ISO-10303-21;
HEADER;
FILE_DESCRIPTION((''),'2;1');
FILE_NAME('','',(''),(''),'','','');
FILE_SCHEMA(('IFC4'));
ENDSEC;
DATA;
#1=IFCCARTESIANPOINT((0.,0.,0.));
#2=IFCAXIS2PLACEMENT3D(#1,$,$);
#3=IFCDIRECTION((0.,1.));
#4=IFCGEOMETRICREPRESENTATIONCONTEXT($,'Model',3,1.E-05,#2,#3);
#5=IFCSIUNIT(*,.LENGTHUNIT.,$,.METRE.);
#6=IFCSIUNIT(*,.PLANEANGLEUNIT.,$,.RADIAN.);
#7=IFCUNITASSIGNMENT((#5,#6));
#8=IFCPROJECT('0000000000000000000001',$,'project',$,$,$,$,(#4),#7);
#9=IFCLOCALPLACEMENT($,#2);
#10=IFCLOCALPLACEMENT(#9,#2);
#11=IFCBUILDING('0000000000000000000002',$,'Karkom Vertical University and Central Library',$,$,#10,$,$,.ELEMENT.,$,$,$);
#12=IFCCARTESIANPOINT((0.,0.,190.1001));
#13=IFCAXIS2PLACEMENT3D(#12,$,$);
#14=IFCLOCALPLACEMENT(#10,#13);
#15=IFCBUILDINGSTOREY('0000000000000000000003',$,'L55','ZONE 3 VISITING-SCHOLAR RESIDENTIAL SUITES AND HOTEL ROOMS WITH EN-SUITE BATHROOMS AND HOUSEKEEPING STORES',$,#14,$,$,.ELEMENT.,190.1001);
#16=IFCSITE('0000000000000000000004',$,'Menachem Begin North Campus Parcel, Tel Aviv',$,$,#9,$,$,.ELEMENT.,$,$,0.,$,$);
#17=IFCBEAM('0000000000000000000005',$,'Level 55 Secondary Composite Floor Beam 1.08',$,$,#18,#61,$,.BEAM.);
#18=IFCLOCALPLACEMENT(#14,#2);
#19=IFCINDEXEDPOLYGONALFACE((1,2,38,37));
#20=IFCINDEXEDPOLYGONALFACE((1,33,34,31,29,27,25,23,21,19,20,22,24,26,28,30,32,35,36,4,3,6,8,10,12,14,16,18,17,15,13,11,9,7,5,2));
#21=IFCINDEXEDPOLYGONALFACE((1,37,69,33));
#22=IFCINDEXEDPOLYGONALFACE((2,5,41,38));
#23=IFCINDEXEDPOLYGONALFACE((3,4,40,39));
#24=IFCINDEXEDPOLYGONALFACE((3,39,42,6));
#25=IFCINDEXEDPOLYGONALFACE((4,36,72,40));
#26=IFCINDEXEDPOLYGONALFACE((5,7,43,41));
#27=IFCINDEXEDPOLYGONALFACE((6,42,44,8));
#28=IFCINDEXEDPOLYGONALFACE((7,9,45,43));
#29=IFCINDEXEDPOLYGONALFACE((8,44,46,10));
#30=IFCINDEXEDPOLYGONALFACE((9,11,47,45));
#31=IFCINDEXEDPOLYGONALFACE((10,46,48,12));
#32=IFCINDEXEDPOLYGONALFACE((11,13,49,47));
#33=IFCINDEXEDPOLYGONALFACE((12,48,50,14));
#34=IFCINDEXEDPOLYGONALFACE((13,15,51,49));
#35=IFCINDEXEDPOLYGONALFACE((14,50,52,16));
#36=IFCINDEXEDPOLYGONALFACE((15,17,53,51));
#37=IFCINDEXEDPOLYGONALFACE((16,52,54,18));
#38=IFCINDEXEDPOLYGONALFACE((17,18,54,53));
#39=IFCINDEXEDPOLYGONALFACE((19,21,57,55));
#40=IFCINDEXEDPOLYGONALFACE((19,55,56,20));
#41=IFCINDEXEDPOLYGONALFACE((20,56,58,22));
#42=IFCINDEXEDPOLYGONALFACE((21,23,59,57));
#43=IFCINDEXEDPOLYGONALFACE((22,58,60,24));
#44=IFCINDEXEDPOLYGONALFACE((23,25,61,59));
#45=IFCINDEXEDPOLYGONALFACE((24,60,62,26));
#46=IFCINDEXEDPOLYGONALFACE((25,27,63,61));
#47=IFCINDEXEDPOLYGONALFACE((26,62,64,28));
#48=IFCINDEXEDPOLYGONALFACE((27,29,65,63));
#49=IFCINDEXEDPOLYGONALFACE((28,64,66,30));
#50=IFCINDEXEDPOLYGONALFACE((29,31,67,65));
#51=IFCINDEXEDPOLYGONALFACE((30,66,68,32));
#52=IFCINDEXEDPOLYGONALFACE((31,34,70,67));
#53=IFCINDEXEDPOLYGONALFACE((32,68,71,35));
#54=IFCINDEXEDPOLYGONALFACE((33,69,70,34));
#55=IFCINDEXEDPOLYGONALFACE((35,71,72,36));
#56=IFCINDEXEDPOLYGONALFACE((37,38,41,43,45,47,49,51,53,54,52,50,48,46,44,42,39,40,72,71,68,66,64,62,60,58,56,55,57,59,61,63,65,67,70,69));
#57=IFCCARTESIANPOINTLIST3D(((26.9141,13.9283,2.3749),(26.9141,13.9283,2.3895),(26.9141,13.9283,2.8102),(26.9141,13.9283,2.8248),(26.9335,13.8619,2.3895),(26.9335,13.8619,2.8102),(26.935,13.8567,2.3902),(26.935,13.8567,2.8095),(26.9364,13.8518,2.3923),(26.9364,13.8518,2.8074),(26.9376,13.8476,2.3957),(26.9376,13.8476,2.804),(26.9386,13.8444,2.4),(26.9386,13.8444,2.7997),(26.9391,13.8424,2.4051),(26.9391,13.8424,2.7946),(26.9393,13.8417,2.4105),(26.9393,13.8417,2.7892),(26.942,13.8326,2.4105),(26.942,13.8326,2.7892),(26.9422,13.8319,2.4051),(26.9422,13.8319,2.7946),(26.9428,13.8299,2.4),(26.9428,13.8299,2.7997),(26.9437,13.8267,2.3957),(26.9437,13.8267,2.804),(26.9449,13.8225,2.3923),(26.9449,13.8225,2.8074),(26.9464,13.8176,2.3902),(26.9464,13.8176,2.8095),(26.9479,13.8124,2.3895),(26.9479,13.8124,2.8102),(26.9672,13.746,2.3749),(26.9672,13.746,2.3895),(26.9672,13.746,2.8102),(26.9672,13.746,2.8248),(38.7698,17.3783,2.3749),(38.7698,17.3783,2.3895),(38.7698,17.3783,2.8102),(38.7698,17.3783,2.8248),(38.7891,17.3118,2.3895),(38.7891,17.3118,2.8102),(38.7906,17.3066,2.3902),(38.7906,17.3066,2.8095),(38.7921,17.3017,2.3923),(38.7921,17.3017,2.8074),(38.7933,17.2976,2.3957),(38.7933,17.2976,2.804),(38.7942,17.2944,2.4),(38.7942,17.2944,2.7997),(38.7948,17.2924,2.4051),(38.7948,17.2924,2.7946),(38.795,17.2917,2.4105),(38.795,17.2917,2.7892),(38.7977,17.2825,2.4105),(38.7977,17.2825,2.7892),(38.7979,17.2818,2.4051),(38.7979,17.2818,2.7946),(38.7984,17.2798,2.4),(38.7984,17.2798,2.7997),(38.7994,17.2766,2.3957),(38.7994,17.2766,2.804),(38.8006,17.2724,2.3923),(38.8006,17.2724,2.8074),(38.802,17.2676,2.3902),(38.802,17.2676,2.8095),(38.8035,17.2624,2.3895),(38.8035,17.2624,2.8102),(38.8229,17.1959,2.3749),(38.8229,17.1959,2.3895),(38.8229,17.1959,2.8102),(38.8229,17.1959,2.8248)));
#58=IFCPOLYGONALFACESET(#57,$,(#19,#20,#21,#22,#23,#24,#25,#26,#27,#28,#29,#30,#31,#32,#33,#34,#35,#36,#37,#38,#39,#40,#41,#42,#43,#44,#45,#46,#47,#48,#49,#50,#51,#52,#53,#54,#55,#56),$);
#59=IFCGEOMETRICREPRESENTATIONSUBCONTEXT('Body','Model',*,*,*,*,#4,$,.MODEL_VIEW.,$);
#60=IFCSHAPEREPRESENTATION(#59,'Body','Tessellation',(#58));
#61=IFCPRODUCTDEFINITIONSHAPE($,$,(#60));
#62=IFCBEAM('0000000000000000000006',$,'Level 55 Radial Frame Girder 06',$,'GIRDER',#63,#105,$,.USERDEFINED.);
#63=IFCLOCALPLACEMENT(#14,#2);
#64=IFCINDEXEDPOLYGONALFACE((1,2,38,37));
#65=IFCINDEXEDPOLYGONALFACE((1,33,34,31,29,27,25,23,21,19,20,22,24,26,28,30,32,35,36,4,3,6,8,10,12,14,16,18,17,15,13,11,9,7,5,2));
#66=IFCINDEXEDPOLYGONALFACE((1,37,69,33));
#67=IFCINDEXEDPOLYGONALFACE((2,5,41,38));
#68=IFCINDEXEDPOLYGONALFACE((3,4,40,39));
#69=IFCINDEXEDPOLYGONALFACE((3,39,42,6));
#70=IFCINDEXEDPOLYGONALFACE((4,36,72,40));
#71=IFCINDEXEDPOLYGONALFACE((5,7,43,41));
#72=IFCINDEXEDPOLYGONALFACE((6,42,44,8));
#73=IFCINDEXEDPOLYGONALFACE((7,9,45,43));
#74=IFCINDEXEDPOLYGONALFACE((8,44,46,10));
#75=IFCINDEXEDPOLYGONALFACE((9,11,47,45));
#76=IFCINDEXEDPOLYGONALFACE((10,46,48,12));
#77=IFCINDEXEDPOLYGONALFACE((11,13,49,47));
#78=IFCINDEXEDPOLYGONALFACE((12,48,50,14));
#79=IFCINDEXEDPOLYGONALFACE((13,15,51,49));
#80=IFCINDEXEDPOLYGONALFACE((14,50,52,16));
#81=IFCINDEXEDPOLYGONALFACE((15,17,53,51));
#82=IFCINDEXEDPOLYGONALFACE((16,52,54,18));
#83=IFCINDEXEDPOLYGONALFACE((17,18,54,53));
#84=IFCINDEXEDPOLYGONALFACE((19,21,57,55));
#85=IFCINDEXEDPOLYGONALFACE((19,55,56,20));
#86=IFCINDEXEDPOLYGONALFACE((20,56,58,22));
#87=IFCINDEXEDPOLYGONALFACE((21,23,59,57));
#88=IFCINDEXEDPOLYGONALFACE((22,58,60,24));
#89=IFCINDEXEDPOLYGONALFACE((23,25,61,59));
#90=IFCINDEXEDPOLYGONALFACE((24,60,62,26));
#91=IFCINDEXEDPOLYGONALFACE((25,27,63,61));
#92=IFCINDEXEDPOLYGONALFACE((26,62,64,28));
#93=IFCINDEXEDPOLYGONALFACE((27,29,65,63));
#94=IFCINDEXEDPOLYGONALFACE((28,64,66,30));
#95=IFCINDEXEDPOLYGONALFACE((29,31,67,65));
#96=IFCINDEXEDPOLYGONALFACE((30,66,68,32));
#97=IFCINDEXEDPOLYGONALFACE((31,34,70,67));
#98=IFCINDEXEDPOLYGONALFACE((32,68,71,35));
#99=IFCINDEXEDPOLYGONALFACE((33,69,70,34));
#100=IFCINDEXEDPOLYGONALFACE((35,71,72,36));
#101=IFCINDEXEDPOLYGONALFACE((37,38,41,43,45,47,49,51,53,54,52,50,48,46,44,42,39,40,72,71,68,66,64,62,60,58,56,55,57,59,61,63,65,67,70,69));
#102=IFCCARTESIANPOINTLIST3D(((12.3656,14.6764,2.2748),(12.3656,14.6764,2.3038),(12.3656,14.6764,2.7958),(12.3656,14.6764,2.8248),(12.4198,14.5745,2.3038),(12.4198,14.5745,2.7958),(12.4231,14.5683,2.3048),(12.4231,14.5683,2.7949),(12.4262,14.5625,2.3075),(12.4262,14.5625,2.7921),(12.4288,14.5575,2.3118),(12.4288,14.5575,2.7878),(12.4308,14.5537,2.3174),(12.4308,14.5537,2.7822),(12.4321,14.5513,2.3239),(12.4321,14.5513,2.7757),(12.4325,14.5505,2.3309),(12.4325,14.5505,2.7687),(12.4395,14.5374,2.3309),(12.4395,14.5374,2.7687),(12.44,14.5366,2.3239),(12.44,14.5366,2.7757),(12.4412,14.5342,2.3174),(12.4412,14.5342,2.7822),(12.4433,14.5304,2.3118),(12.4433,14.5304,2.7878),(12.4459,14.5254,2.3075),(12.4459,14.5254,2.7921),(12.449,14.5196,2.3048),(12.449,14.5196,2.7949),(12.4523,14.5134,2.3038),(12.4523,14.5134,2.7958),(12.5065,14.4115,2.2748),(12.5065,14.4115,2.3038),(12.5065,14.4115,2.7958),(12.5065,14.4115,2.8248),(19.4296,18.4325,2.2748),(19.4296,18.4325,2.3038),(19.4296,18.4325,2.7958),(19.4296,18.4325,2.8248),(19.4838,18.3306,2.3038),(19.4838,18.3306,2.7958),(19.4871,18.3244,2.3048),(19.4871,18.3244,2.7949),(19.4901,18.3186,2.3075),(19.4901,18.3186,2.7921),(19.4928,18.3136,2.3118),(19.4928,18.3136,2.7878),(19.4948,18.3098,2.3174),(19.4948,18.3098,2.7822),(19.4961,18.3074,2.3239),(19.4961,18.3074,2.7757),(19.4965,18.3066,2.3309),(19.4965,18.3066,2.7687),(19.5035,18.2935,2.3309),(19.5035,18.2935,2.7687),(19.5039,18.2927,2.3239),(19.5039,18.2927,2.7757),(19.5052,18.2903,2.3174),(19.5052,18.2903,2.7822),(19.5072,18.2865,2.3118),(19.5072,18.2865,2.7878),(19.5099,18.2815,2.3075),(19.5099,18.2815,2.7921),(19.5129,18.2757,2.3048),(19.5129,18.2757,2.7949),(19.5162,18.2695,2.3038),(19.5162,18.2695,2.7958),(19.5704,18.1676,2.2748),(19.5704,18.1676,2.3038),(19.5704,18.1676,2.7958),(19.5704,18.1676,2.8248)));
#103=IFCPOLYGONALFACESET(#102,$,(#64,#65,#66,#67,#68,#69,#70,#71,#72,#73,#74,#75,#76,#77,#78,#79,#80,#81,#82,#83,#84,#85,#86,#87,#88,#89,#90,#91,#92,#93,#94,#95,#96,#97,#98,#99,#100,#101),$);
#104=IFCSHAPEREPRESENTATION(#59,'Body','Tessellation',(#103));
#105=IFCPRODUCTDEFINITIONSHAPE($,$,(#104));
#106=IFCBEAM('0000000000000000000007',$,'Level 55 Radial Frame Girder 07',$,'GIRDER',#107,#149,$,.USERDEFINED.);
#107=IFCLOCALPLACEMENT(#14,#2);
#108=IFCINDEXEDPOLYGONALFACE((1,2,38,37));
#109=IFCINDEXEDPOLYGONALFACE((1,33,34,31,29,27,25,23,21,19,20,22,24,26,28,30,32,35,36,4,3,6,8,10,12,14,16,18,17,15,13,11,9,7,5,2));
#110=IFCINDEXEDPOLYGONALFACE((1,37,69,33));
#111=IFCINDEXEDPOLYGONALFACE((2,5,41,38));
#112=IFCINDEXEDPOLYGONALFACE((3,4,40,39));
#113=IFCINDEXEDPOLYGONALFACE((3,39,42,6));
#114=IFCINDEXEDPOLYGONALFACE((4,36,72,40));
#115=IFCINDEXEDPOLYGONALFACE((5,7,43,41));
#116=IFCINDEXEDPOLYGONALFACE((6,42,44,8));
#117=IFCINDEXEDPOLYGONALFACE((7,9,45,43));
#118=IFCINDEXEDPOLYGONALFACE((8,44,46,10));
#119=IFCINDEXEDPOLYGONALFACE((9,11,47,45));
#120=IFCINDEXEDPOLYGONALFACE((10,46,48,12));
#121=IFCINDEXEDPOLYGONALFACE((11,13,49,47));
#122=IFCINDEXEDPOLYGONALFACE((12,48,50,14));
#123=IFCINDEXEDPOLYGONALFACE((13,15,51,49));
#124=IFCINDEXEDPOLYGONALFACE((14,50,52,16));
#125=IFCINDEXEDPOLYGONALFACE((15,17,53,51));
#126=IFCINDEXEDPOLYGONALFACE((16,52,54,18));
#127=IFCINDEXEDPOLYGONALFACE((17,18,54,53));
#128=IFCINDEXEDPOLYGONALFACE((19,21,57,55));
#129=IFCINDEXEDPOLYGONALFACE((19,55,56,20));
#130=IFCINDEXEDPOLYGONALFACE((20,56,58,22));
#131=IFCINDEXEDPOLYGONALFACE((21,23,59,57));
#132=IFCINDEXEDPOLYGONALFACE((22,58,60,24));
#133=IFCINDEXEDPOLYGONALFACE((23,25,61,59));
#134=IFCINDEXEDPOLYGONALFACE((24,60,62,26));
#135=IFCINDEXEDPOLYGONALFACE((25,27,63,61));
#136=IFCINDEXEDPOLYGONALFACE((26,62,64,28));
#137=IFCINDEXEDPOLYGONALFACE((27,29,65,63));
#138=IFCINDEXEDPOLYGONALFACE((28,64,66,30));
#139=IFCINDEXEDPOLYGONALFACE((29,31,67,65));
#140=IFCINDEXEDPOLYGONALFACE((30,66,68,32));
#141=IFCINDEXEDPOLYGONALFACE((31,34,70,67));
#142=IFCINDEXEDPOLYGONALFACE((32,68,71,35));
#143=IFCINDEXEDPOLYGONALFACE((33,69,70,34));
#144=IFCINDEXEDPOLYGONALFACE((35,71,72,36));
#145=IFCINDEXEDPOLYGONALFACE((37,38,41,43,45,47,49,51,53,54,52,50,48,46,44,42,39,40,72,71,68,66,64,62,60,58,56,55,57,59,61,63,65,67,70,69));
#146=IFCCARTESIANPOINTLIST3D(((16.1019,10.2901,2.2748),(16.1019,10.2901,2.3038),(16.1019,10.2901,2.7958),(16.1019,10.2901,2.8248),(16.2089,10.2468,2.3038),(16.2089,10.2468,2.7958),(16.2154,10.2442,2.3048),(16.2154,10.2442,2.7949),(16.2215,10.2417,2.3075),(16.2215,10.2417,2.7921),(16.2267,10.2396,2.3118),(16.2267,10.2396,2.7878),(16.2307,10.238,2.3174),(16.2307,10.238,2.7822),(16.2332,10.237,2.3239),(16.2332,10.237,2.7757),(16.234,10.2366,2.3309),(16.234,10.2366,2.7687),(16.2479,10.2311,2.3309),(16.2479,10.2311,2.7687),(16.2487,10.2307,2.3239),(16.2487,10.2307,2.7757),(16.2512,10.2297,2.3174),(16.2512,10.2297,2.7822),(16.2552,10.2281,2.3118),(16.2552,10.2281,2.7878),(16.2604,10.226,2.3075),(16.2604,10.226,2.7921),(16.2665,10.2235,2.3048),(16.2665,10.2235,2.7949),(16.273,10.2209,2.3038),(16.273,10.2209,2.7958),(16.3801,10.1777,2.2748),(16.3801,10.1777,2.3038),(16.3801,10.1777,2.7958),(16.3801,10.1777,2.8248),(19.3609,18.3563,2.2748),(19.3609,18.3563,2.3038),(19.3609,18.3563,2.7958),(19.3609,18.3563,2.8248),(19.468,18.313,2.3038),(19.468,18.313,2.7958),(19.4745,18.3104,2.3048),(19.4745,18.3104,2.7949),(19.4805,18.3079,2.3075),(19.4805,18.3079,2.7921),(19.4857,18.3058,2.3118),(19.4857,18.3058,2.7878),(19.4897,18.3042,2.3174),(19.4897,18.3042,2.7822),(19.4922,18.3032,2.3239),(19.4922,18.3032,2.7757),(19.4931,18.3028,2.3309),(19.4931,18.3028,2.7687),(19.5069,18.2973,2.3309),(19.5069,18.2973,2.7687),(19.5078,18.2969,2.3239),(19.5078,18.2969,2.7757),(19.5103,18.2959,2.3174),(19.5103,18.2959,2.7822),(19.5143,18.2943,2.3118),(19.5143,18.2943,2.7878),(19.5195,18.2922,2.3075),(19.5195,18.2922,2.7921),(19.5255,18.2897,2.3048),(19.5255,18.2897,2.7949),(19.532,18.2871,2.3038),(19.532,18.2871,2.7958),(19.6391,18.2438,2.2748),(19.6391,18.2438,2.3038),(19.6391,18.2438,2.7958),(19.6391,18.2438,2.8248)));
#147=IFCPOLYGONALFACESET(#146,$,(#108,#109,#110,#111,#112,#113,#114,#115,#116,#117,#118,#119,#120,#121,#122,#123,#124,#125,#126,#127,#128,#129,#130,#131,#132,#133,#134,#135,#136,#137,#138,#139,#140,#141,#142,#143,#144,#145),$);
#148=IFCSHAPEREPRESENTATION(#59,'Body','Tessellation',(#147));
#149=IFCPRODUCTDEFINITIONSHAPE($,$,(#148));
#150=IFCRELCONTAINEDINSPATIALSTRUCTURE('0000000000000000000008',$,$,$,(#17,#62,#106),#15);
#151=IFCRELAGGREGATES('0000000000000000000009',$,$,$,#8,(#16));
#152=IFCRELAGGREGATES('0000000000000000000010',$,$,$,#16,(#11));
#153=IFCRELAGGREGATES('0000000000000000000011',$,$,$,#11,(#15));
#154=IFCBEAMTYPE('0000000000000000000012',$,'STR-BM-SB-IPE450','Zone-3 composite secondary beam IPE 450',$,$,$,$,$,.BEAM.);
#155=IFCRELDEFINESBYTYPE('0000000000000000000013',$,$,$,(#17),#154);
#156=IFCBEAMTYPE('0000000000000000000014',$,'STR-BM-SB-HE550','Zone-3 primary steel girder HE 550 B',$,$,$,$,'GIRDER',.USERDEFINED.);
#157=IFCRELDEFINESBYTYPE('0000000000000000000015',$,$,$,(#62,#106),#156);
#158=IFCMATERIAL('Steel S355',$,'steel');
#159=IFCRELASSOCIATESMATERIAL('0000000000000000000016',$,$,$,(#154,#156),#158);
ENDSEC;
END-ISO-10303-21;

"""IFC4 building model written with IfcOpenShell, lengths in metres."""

from ifc_helpers import new_model, si_unit, direction, frame, origin, origin_with_axes, origin_2d, place, context, subcontext, project, spatial, i_section, extrude, source, transform, mapped, material, material_profile, profile_set, type_object, element, save


model = new_model("IFC4")

# Units and contexts
model_context = context("Model", 3, precision=1e-05, world=origin(), true_north=direction((0.0, 1.0)))
body_context = subcontext(model_context, "Body", "Model", "MODEL_VIEW")
ifc_project = project(units=[si_unit("LENGTHUNIT", "METRE"), si_unit("PLANEANGLEUNIT", "RADIAN")], contexts=[model_context])

# Site, building, storey
site_placement = place(None, origin())
site = spatial("IfcSite", under=ifc_project, at=site_placement, Name="Menachem Begin North Campus Parcel, Tel Aviv", CompositionType="ELEMENT", RefElevation=0.0)
building_placement = place(site_placement, origin())
building = spatial("IfcBuilding", under=site, at=building_placement, Name="Karkom Vertical University and Central Library", CompositionType="ELEMENT")
storey_placement = place(building_placement, frame((0.0, 0.0, 190.1001)))
storey = spatial("IfcBuildingStorey", under=building, at=storey_placement, Name="L55", Description="ZONE 3 VISITING-SCHOLAR RESIDENTIAL SUITES AND HOTEL ROOMS WITH EN-SUITE BATHROOMS AND HOUSEKEEPING STORES", CompositionType="ELEMENT", Elevation=190.1001)

# Beams
ifc_material_1 = material(Name="Steel S355", Category="steel")
ifc_material_profile_1 = material_profile(ifc_material_1, i_section(OverallWidth=0.1899, OverallDepth=0.45, WebThickness=0.0095, FlangeThickness=0.0146, FilletRadius=0.021, at=origin_2d()), Name="IPE 450")
ifc_profile_set_1 = profile_set([ifc_material_profile_1], Name="Steel S355")
beam_type_1 = type_object("IfcBeamType", Name="STR-BM-SB-IPE450", Description="Zone-3 composite secondary beam IPE 450", PredefinedType="BEAM", material=ifc_profile_set_1)
shared_shape_1 = source(origin_with_axes(), body_context, "Body", "SweptSolid", [
    extrude(i_section(OverallWidth=0.1899, OverallDepth=0.45, WebThickness=0.0095, FlangeThickness=0.0146, FilletRadius=0.021, at=origin_2d()), origin(), (0.0, 0.0, 1.0), 12.3474),
])
beam_1_placement = place(storey_placement, frame((26.9407, 13.8372, 2.5999), z_axis=(0.960173, 0.279405, 0.0), x_axis=(-0.279405, 0.960173, 0.0)))
element("IfcBeam", 1, at=beam_1_placement, inside=storey, type_object=beam_type_1, Name="Level 55 Secondary Composite Floor Beam 1.08", PredefinedType="BEAM", context=body_context, shape_type="MappedRepresentation", body=[
    mapped(shared_shape_1, transform((0.0, 0.0, 0.0), scale=1.0)),
])
ifc_material_profile_2 = material_profile(ifc_material_1, i_section(OverallWidth=0.3, OverallDepth=0.55, WebThickness=0.0149, FlangeThickness=0.0291, FilletRadius=0.0271, at=origin_2d()), Name="HE 550 B")
ifc_profile_set_2 = profile_set([ifc_material_profile_2], Name="Steel S355")
beam_type_2 = type_object("IfcBeamType", Name="STR-BM-SB-HE550", Description="Zone-3 primary steel girder HE 550 B", ElementType="GIRDER", PredefinedType="USERDEFINED", material=ifc_profile_set_2)
shared_shape_2 = source(origin_with_axes(), body_context, "Body", "SweptSolid", [
    extrude(i_section(OverallWidth=0.3, OverallDepth=0.55, WebThickness=0.0149, FlangeThickness=0.0291, FilletRadius=0.0271, at=origin_2d()), origin(), (0.0, 0.0, 1.0), 8.0005),
])
beam_2_placement = place(storey_placement, frame((19.5, 18.3, 2.5498), z_axis=(-0.882941, -0.469484, 0.0), x_axis=(0.469484, -0.882941, 0.0)))
element("IfcBeam", 2, at=beam_2_placement, inside=storey, type_object=beam_type_2, Name="Level 55 Radial Frame Girder 06", ObjectType="GIRDER", PredefinedType="USERDEFINED", context=body_context, shape_type="MappedRepresentation", body=[
    mapped(shared_shape_2, transform((0.0, 0.0, 0.0), scale=1.0)),
])
shared_shape_3 = source(origin_with_axes(), body_context, "Body", "SweptSolid", [
    extrude(i_section(OverallWidth=0.3, OverallDepth=0.55, WebThickness=0.0149, FlangeThickness=0.0291, FilletRadius=0.0271, at=origin_2d()), origin(), (0.0, 0.0, 1.0), 8.6997),
])
beam_3_placement = place(storey_placement, frame((19.5, 18.3, 2.5498), z_axis=(-0.374616, -0.92718, 0.0), x_axis=(0.92718, -0.374616, 0.0)))
element("IfcBeam", 3, at=beam_3_placement, inside=storey, type_object=beam_type_2, Name="Level 55 Radial Frame Girder 07", ObjectType="GIRDER", PredefinedType="USERDEFINED", context=body_context, shape_type="MappedRepresentation", body=[
    mapped(shared_shape_3, transform((0.0, 0.0, 0.0), scale=1.0)),
])

save(model, "model.ifc")
